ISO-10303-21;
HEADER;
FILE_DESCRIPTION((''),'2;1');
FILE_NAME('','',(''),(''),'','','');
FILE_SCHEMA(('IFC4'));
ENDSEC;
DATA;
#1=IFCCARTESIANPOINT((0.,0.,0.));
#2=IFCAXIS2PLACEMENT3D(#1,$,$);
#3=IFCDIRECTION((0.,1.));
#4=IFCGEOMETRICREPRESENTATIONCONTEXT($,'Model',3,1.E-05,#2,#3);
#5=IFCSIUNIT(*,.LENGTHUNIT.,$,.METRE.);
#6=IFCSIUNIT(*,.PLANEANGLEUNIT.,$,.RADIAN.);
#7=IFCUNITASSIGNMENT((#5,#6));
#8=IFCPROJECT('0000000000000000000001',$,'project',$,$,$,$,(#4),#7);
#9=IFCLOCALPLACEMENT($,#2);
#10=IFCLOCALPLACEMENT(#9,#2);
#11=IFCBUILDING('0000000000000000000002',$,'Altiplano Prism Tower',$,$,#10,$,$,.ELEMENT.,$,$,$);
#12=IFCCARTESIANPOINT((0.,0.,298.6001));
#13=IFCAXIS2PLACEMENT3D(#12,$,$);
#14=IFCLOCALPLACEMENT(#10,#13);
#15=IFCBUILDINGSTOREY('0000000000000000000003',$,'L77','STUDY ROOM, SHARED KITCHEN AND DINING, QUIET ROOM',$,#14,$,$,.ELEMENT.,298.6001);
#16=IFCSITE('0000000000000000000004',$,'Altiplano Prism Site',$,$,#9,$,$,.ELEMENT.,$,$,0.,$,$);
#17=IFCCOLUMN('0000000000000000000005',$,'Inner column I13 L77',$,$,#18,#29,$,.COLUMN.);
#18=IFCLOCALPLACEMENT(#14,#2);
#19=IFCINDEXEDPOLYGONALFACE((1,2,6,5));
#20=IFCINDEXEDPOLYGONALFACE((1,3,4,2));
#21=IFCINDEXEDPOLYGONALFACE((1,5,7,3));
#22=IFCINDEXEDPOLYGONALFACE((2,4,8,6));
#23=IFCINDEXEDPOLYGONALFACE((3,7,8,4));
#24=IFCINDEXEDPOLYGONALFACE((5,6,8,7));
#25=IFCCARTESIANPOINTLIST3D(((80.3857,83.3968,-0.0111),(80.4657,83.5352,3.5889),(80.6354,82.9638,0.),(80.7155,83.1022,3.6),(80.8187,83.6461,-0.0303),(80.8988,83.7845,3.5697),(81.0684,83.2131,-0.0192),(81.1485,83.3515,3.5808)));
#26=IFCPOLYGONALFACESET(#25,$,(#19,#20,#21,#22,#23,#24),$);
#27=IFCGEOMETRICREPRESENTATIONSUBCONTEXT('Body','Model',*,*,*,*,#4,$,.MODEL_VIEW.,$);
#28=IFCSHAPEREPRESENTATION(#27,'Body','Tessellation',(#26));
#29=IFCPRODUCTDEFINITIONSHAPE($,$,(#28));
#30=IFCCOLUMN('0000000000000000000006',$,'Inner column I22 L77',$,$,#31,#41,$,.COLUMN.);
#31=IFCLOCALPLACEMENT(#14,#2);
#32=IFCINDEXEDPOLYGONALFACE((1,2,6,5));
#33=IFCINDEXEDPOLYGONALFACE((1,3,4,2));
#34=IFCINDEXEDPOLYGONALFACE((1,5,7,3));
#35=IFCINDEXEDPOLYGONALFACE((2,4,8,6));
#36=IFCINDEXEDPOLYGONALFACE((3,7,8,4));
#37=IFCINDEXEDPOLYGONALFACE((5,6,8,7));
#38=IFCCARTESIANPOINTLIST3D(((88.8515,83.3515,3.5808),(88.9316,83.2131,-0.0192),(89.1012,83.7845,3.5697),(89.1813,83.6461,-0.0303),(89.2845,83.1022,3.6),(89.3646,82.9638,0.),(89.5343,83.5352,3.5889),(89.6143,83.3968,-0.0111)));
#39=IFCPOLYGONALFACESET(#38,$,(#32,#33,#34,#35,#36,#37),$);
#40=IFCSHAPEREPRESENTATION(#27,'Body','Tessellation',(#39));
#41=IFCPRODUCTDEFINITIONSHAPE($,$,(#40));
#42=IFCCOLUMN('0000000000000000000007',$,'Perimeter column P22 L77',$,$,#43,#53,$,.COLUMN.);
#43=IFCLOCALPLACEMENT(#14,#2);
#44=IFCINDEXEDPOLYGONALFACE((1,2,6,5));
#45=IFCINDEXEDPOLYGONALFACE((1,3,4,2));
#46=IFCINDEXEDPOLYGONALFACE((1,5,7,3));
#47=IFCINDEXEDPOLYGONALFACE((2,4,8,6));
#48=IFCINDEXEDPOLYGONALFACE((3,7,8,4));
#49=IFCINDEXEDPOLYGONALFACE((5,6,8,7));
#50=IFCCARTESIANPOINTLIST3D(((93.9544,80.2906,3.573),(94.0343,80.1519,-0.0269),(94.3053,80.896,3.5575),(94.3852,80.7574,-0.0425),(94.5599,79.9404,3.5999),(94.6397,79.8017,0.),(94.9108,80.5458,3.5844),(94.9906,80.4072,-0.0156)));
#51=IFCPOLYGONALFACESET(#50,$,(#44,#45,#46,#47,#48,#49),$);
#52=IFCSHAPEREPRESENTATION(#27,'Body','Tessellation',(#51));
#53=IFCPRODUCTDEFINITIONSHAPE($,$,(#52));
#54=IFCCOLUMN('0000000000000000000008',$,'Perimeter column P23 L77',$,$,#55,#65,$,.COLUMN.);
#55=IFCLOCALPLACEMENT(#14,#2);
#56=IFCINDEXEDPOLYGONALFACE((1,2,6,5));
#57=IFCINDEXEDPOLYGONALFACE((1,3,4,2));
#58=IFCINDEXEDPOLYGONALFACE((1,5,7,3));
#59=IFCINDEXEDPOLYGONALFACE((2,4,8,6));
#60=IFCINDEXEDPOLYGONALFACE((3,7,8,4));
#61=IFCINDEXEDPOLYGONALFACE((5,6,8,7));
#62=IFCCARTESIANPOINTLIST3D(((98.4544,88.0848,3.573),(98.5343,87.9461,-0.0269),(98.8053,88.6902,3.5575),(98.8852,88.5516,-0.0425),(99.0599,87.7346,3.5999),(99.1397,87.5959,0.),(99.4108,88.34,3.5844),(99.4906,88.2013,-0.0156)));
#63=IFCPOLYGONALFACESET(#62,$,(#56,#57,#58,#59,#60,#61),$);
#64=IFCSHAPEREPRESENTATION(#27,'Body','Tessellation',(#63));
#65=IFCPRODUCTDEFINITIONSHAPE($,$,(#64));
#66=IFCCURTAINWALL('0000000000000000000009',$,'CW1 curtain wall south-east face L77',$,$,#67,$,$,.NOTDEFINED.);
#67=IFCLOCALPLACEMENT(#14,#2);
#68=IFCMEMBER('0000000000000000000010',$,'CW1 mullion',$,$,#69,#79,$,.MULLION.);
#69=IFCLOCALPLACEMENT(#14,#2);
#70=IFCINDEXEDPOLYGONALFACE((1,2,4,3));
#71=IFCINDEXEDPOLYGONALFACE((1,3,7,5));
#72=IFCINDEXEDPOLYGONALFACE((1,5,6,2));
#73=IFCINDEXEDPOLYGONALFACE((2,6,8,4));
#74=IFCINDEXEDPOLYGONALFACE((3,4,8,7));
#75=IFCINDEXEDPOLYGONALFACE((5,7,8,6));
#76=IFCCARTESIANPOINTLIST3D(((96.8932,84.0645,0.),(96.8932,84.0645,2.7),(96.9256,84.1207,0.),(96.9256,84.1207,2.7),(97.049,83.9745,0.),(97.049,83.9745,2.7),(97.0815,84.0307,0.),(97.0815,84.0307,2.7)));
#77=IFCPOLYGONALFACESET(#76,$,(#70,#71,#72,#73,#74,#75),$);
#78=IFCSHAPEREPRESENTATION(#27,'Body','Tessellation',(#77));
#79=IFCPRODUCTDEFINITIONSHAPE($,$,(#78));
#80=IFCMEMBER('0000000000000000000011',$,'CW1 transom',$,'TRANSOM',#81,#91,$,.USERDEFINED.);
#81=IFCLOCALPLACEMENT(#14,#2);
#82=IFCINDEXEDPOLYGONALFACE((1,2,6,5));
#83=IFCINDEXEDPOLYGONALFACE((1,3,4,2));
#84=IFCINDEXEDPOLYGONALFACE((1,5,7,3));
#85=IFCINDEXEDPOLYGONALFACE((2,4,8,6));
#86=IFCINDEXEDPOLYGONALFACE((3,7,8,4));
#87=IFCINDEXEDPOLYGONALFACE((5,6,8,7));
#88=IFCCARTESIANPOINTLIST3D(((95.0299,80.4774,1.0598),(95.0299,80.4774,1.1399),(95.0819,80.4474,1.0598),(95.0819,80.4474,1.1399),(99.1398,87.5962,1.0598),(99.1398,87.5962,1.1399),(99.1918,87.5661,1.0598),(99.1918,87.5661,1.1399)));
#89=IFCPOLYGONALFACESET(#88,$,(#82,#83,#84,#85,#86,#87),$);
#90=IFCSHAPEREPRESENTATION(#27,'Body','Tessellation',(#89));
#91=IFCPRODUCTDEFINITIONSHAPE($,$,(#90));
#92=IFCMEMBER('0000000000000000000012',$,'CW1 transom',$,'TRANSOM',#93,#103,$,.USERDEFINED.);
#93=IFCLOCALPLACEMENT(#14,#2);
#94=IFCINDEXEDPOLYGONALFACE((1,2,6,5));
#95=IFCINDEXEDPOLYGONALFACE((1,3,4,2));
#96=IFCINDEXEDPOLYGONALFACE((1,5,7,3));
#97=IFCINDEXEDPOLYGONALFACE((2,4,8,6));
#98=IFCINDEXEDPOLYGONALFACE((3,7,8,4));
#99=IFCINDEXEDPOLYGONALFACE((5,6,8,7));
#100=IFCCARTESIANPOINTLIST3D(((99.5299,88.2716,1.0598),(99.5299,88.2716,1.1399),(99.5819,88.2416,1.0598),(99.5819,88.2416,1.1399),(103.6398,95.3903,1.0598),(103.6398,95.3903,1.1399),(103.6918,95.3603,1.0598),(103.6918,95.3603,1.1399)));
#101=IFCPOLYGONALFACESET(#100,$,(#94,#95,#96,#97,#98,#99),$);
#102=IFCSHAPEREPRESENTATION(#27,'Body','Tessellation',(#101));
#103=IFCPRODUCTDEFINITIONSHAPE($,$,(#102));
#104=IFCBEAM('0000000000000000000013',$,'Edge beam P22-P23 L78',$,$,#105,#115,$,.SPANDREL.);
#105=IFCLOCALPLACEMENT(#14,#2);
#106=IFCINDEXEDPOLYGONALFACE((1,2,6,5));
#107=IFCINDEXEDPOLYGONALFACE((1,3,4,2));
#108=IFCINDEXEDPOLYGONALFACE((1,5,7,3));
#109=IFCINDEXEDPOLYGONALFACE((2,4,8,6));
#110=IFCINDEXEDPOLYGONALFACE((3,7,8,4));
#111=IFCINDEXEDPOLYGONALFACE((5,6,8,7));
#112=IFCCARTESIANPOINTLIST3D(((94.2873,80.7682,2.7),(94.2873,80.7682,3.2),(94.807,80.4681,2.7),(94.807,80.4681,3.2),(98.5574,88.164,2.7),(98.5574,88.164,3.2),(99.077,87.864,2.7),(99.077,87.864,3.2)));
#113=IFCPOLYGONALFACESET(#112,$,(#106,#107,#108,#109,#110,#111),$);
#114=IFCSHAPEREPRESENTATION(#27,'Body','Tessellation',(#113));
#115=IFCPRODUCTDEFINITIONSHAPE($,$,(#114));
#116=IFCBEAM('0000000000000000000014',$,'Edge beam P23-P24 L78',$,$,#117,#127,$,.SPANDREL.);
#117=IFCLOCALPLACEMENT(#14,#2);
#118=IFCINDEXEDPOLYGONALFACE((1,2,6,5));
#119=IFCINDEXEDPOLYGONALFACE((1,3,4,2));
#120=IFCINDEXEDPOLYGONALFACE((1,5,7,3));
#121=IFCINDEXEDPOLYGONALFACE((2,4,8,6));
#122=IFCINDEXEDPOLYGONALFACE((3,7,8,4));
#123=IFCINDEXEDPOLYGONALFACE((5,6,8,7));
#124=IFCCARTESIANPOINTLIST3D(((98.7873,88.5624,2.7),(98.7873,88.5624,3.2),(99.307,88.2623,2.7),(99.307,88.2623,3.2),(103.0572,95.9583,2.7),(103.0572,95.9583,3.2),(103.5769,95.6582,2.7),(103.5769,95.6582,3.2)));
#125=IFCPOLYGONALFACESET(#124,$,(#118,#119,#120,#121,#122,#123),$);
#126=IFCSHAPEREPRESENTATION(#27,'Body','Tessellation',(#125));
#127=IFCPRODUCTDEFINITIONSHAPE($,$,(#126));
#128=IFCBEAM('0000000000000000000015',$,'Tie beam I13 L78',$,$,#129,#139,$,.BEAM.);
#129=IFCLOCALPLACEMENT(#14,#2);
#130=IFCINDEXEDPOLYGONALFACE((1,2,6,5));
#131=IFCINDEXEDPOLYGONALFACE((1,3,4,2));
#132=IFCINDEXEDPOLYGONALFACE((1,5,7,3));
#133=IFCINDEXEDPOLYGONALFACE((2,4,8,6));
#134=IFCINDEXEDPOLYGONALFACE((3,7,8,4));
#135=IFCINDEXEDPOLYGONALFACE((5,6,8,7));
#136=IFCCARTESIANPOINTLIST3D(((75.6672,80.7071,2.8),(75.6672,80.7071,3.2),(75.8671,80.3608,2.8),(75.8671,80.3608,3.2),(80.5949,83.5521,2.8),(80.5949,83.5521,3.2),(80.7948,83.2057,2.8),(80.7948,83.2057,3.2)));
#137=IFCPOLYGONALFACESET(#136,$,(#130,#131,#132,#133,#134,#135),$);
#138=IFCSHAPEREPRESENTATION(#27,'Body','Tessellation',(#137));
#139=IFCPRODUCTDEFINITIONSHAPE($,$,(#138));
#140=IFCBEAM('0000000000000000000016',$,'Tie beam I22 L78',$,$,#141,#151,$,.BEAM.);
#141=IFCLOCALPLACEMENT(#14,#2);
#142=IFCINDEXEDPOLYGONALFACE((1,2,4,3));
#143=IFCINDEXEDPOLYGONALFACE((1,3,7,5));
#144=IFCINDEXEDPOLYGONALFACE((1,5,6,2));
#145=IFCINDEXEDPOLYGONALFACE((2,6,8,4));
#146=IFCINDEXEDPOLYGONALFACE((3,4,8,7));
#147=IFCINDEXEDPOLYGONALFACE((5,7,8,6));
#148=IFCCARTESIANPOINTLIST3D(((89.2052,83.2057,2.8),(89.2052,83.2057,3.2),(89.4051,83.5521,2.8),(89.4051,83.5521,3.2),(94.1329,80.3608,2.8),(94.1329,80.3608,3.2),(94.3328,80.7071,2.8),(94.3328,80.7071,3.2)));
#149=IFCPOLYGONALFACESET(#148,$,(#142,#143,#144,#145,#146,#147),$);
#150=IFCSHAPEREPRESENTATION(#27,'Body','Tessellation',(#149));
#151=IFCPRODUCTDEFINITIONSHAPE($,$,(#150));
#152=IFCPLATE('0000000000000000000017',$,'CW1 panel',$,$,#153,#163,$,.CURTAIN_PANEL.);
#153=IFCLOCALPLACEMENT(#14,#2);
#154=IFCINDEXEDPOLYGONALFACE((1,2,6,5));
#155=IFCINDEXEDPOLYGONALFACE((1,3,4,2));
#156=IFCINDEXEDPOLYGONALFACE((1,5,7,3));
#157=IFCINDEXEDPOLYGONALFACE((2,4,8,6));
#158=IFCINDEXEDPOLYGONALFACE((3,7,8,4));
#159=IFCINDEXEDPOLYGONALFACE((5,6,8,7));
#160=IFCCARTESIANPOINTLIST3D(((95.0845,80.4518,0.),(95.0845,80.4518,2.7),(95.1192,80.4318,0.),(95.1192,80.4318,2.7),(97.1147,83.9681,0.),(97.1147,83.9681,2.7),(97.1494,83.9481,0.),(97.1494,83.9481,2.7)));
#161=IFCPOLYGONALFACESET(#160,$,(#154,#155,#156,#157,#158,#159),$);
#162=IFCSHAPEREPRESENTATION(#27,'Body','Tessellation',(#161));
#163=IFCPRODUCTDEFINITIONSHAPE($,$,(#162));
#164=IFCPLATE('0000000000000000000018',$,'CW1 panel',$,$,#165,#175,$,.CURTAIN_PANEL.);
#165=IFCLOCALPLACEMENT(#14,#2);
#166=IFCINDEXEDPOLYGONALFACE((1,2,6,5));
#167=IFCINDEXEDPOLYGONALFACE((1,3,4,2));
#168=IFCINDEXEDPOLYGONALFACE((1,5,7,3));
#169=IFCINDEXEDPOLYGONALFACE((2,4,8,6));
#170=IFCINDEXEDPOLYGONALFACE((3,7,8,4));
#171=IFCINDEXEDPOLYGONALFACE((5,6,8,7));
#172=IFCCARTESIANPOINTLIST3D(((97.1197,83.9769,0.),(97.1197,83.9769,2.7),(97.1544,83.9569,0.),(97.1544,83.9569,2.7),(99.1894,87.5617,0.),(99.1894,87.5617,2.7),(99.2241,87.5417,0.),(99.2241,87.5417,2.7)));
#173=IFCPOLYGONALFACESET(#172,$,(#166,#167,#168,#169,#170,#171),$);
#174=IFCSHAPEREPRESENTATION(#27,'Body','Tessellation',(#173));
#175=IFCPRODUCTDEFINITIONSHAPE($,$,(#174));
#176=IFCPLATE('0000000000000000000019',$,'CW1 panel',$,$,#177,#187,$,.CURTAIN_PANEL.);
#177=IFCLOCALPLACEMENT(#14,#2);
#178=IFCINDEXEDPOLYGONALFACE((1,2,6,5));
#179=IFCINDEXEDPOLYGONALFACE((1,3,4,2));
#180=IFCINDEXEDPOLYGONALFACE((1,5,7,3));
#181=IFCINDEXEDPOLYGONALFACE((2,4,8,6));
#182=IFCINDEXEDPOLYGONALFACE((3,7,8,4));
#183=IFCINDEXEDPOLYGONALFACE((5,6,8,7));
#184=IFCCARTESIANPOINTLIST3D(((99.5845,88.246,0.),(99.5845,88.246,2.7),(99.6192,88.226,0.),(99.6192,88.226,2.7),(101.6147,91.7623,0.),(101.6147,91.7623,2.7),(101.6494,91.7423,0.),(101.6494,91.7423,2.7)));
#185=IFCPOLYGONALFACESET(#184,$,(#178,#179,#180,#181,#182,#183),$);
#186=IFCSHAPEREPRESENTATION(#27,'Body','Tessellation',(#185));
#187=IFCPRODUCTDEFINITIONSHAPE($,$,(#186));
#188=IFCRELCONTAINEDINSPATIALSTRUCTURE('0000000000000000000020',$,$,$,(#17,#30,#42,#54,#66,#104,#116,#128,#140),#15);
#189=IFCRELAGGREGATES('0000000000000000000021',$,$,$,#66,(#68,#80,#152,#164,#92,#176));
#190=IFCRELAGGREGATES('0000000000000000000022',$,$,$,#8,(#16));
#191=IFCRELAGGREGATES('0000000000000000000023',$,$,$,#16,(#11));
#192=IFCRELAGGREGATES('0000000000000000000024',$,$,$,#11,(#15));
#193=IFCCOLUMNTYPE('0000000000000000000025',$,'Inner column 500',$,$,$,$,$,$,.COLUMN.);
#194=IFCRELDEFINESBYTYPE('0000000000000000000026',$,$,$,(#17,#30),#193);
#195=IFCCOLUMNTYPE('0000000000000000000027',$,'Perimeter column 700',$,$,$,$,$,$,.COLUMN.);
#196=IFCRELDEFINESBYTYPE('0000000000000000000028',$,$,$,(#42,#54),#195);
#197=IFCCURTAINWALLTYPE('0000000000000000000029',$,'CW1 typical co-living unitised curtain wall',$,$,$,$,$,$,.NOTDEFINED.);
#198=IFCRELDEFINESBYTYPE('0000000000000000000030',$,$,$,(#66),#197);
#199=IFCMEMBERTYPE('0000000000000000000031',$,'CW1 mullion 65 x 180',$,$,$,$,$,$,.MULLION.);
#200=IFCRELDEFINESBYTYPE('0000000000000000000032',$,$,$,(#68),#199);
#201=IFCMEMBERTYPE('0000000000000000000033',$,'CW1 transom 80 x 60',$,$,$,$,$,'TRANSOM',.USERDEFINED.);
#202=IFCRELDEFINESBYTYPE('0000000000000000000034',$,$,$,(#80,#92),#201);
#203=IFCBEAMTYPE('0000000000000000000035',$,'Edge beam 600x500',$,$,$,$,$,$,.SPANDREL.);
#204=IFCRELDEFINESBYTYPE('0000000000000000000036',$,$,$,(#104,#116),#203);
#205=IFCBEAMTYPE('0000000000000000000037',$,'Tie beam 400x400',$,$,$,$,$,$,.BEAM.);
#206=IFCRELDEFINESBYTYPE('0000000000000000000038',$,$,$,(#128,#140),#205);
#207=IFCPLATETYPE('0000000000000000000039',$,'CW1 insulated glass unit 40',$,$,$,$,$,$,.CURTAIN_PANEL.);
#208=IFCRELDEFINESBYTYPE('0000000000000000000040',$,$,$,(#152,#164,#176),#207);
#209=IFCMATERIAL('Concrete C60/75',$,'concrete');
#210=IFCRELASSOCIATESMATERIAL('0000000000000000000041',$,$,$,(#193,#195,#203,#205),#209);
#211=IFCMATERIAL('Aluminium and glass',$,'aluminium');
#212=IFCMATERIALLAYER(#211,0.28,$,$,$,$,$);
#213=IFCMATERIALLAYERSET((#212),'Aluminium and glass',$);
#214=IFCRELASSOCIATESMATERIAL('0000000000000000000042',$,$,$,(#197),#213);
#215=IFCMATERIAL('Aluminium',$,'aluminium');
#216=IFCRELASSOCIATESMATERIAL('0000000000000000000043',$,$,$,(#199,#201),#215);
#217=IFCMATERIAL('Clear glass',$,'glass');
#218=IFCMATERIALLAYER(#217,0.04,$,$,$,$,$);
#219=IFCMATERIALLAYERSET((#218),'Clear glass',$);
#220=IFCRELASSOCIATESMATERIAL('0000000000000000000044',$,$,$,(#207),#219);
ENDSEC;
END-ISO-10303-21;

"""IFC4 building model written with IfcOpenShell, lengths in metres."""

from ifc_helpers import new_model, si_unit, direction, frame, origin, origin_2d, place, context, subcontext, project, spatial, rectangle, extrude, material, layer, layer_set, material_profile, profile_set, type_object, element, aggregate, save


model = new_model("IFC4")

# Units and contexts
model_context = context("Model", 3, precision=1e-05, world=origin(), true_north=direction((0.0, 1.0)))
body_context = subcontext(model_context, "Body", "Model", "MODEL_VIEW")
ifc_project = project(units=[si_unit("LENGTHUNIT", "METRE"), si_unit("PLANEANGLEUNIT", "RADIAN")], contexts=[model_context])

# Site, building, storey
site_placement = place(None, origin())
site = spatial("IfcSite", under=ifc_project, at=site_placement, Name="Altiplano Prism Site", CompositionType="ELEMENT", RefElevation=0.0)
building_placement = place(site_placement, origin())
building = spatial("IfcBuilding", under=site, at=building_placement, Name="Altiplano Prism Tower", CompositionType="ELEMENT")
storey_placement = place(building_placement, frame((0.0, 0.0, 298.6001)))
storey = spatial("IfcBuildingStorey", under=building, at=storey_placement, Name="L77", Description="STUDY ROOM, SHARED KITCHEN AND DINING, QUIET ROOM", CompositionType="ELEMENT", Elevation=298.6001)

# Columns
ifc_material_1 = material(Name="Concrete C60/75", Category="concrete")
ifc_material_profile_1 = material_profile(ifc_material_1, rectangle(XDim=0.5, YDim=0.5, at=origin_2d()), Name="Inner column 500")
ifc_profile_set_1 = profile_set([ifc_material_profile_1], Name="Concrete C60/75")
column_type_1 = type_object("IfcColumnType", Name="Inner column 500", PredefinedType="COLUMN", material=ifc_profile_set_1)
for number, where, z_axis, x_axis, name in (
    (1, (80.7271, 83.3049, -0.0151), (0.022223, 0.038416, 0.999015), (-0.866021, -0.498528, 0.038435), "Inner column I13 L77"),
    (2, (89.2729, 83.3049, -0.0151), (-0.022223, 0.038416, 0.999015), (-0.499513, -0.866022, 0.02219), "Inner column I22 L77"),
):
    element("IfcColumn", number, at=place(storey_placement, frame(where, z_axis=z_axis, x_axis=x_axis)), inside=storey, type_object=column_type_1, Name=name, PredefinedType="COLUMN", context=body_context, shape_type="SweptSolid", body=[
        extrude(rectangle(XDim=0.5, YDim=0.5, at=origin_2d()), origin(), (0.0, 0.0, 1.0), 3.6035),
    ])
ifc_material_profile_2 = material_profile(ifc_material_1, rectangle(XDim=0.7, YDim=0.7, at=origin_2d()), Name="Perimeter column 700")
ifc_profile_set_2 = profile_set([ifc_material_profile_2], Name="Concrete C60/75")
column_type_2 = type_object("IfcColumnType", Name="Perimeter column 700", PredefinedType="COLUMN", material=ifc_profile_set_2)
for number, where, z_axis, x_axis, name in (
    (3, (94.5125, 80.2795, -0.0212), (-0.022155, 0.038484, 0.999014), (-0.501318, -0.864978, 0.022203), "Perimeter column P22 L77"),
    (4, (99.0125, 88.0737, -0.0212), (-0.022155, 0.038484, 0.999014), (-0.501316, -0.86498, 0.022203), "Perimeter column P23 L77"),
):
    element("IfcColumn", number, at=place(storey_placement, frame(where, z_axis=z_axis, x_axis=x_axis)), inside=storey, type_object=column_type_2, Name=name, PredefinedType="COLUMN", context=body_context, shape_type="SweptSolid", body=[
        extrude(rectangle(XDim=0.7, YDim=0.7, at=origin_2d()), origin(), (0.0, 0.0, 1.0), 3.6035),
    ])

# Curtain wall, members
ifc_material_2 = material(Name="Aluminium and glass", Category="aluminium")
ifc_layer_1 = layer(ifc_material_2, 0.28)
ifc_layer_set_1 = layer_set([ifc_layer_1], Name="Aluminium and glass")
curtain_wall_type = type_object("IfcCurtainWallType", Name="CW1 typical co-living unitised curtain wall", PredefinedType="NOTDEFINED", material=ifc_layer_set_1)
curtain_wall_placement = place(storey_placement, origin())
curtain_wall = element("IfcCurtainWall", 5, at=curtain_wall_placement, inside=storey, type_object=curtain_wall_type, Name="CW1 curtain wall south-east face L77", PredefinedType="NOTDEFINED")
ifc_material_3 = material(Name="Aluminium", Category="aluminium")
ifc_material_profile_3 = material_profile(ifc_material_3, rectangle(XDim=0.1799, YDim=0.0649, at=origin_2d()), Name="CW1 mullion 65 x 180")
ifc_profile_set_3 = profile_set([ifc_material_profile_3], Name="Aluminium")
member_type_1 = type_object("IfcMemberType", Name="CW1 mullion 65 x 180", PredefinedType="MULLION", material=ifc_profile_set_3)
member_1_placement = place(storey_placement, frame((96.9873, 84.0476, 0.0), z_axis=(0.0, 0.0, 1.0), x_axis=(-0.866025, 0.5, 0.0)))
member_1 = element("IfcMember", 6, at=member_1_placement, type_object=member_type_1, Name="CW1 mullion", PredefinedType="MULLION", context=body_context, shape_type="SweptSolid", body=[
    extrude(rectangle(XDim=0.1799, YDim=0.0649, at=origin_2d()), origin(), (0.0, 0.0, 1.0), 2.7),
])
ifc_material_profile_4 = material_profile(ifc_material_3, rectangle(XDim=0.0601, YDim=0.0801, at=origin_2d()), Name="CW1 transom 80 x 60")
ifc_profile_set_4 = profile_set([ifc_material_profile_4], Name="Aluminium")
member_type_2 = type_object("IfcMemberType", Name="CW1 transom 80 x 60", ElementType="TRANSOM", PredefinedType="USERDEFINED", material=ifc_profile_set_4)
member_2_placement = place(storey_placement, frame((95.0559, 80.4624, 1.0999), z_axis=(0.499992, 0.86603, 0.0), x_axis=(-0.86603, 0.499992, 0.0)))
member_2 = element("IfcMember", 7, at=member_2_placement, type_object=member_type_2, Name="CW1 transom", ObjectType="TRANSOM", PredefinedType="USERDEFINED", context=body_context, shape_type="SweptSolid", body=[
    extrude(rectangle(XDim=0.0601, YDim=0.0801, at=origin_2d()), origin(), (0.0, 0.0, 1.0), 8.22),
])
member_3_placement = place(storey_placement, frame((99.5559, 88.2566, 1.0999), z_axis=(0.499992, 0.86603, 0.0), x_axis=(-0.86603, 0.499992, 0.0)))
member_3 = element("IfcMember", 8, at=member_3_placement, type_object=member_type_2, Name="CW1 transom", ObjectType="TRANSOM", PredefinedType="USERDEFINED", context=body_context, shape_type="SweptSolid", body=[
    extrude(rectangle(XDim=0.0601, YDim=0.0801, at=origin_2d()), origin(), (0.0, 0.0, 1.0), 8.22),
])

# Beams
ifc_material_profile_5 = material_profile(ifc_material_1, rectangle(XDim=0.6001, YDim=0.5, at=origin_2d()), Name="Edge beam 600x500")
ifc_profile_set_5 = profile_set([ifc_material_profile_5], Name="Concrete C60/75")
beam_type_1 = type_object("IfcBeamType", Name="Edge beam 600x500", PredefinedType="SPANDREL", material=ifc_profile_set_5)
for number, where, z_axis, x_axis, name in (
    (9, (94.5471, 80.6182, 2.95), (0.500007, 0.866021, 0.0), (-0.866021, 0.500007, 0.0), "Edge beam P22-P23 L78"),
    (10, (99.0471, 88.4124, 2.95), (0.499995, 0.866028, 0.0), (-0.866028, 0.499995, 0.0), "Edge beam P23-P24 L78"),
):
    element("IfcBeam", number, at=place(storey_placement, frame(where, z_axis=z_axis, x_axis=x_axis)), inside=storey, type_object=beam_type_1, Name=name, PredefinedType="SPANDREL", context=body_context, shape_type="SweptSolid", body=[
        extrude(rectangle(XDim=0.6001, YDim=0.5, at=origin_2d()), origin(), (0.0, 0.0, 1.0), 8.54),
    ])
ifc_material_profile_6 = material_profile(ifc_material_1, rectangle(XDim=0.3999, YDim=0.3999, at=origin_2d()), Name="Tie beam 400x400")
ifc_profile_set_6 = profile_set([ifc_material_profile_6], Name="Concrete C60/75")
beam_type_2 = type_object("IfcBeamType", Name="Tie beam 400x400", PredefinedType="BEAM", material=ifc_profile_set_6)
for number, where, z_axis, x_axis, name in (
    (11, (80.6948, 83.3789, 3.0), (-0.86603, -0.499992, 0.0), (0.499992, -0.86603, 0.0), "Tie beam I13 L78"),
    (12, (89.3052, 83.3789, 3.0), (0.86603, -0.499992, 0.0), (0.499992, 0.86603, 0.0), "Tie beam I22 L78"),
):
    element("IfcBeam", number, at=place(storey_placement, frame(where, z_axis=z_axis, x_axis=x_axis)), inside=storey, type_object=beam_type_2, Name=name, PredefinedType="BEAM", context=body_context, shape_type="SweptSolid", body=[
        extrude(rectangle(XDim=0.3999, YDim=0.3999, at=origin_2d()), origin(), (0.0, 0.0, 1.0), 5.6899),
    ])

# Plates
ifc_material_4 = material(Name="Clear glass", Category="glass")
ifc_layer_2 = layer(ifc_material_4, 0.04)
ifc_layer_set_2 = layer_set([ifc_layer_2], Name="Clear glass")
plate_type = type_object("IfcPlateType", Name="CW1 insulated glass unit 40", PredefinedType="CURTAIN_PANEL", material=ifc_layer_set_2)
plate_1_placement = place(storey_placement, frame((96.1169, 82.2, 0.0), z_axis=(0.0, 0.0, 1.0), x_axis=(0.5, 0.866025, 0.0)))
plate_1 = element("IfcPlate", 13, at=plate_1_placement, type_object=plate_type, Name="CW1 panel", PredefinedType="CURTAIN_PANEL", context=body_context, shape_type="SweptSolid", body=[
    extrude(rectangle(XDim=4.0603, YDim=0.04, at=origin_2d()), origin(), (0.0, 0.0, 1.0), 2.7),
])
plate_2_placement = place(storey_placement, frame((98.1719, 85.7593, 0.0), z_axis=(0.0, 0.0, 1.0), x_axis=(0.5, 0.866025, 0.0)))
plate_2 = element("IfcPlate", 14, at=plate_2_placement, type_object=plate_type, Name="CW1 panel", PredefinedType="CURTAIN_PANEL", context=body_context, shape_type="SweptSolid", body=[
    extrude(rectangle(XDim=4.1394, YDim=0.04, at=origin_2d()), origin(), (0.0, 0.0, 1.0), 2.7),
])
plate_3_placement = place(storey_placement, frame((100.6169, 89.9941, 0.0), z_axis=(0.0, 0.0, 1.0), x_axis=(0.5, 0.866025, 0.0)))
plate_3 = element("IfcPlate", 15, at=plate_3_placement, type_object=plate_type, Name="CW1 panel", PredefinedType="CURTAIN_PANEL", context=body_context, shape_type="SweptSolid", body=[
    extrude(rectangle(XDim=4.0603, YDim=0.04, at=origin_2d()), origin(), (0.0, 0.0, 1.0), 2.7),
])
aggregate(curtain_wall, [member_1, member_2, plate_1, plate_2, member_3, plate_3])

save(model, "model.ifc")
